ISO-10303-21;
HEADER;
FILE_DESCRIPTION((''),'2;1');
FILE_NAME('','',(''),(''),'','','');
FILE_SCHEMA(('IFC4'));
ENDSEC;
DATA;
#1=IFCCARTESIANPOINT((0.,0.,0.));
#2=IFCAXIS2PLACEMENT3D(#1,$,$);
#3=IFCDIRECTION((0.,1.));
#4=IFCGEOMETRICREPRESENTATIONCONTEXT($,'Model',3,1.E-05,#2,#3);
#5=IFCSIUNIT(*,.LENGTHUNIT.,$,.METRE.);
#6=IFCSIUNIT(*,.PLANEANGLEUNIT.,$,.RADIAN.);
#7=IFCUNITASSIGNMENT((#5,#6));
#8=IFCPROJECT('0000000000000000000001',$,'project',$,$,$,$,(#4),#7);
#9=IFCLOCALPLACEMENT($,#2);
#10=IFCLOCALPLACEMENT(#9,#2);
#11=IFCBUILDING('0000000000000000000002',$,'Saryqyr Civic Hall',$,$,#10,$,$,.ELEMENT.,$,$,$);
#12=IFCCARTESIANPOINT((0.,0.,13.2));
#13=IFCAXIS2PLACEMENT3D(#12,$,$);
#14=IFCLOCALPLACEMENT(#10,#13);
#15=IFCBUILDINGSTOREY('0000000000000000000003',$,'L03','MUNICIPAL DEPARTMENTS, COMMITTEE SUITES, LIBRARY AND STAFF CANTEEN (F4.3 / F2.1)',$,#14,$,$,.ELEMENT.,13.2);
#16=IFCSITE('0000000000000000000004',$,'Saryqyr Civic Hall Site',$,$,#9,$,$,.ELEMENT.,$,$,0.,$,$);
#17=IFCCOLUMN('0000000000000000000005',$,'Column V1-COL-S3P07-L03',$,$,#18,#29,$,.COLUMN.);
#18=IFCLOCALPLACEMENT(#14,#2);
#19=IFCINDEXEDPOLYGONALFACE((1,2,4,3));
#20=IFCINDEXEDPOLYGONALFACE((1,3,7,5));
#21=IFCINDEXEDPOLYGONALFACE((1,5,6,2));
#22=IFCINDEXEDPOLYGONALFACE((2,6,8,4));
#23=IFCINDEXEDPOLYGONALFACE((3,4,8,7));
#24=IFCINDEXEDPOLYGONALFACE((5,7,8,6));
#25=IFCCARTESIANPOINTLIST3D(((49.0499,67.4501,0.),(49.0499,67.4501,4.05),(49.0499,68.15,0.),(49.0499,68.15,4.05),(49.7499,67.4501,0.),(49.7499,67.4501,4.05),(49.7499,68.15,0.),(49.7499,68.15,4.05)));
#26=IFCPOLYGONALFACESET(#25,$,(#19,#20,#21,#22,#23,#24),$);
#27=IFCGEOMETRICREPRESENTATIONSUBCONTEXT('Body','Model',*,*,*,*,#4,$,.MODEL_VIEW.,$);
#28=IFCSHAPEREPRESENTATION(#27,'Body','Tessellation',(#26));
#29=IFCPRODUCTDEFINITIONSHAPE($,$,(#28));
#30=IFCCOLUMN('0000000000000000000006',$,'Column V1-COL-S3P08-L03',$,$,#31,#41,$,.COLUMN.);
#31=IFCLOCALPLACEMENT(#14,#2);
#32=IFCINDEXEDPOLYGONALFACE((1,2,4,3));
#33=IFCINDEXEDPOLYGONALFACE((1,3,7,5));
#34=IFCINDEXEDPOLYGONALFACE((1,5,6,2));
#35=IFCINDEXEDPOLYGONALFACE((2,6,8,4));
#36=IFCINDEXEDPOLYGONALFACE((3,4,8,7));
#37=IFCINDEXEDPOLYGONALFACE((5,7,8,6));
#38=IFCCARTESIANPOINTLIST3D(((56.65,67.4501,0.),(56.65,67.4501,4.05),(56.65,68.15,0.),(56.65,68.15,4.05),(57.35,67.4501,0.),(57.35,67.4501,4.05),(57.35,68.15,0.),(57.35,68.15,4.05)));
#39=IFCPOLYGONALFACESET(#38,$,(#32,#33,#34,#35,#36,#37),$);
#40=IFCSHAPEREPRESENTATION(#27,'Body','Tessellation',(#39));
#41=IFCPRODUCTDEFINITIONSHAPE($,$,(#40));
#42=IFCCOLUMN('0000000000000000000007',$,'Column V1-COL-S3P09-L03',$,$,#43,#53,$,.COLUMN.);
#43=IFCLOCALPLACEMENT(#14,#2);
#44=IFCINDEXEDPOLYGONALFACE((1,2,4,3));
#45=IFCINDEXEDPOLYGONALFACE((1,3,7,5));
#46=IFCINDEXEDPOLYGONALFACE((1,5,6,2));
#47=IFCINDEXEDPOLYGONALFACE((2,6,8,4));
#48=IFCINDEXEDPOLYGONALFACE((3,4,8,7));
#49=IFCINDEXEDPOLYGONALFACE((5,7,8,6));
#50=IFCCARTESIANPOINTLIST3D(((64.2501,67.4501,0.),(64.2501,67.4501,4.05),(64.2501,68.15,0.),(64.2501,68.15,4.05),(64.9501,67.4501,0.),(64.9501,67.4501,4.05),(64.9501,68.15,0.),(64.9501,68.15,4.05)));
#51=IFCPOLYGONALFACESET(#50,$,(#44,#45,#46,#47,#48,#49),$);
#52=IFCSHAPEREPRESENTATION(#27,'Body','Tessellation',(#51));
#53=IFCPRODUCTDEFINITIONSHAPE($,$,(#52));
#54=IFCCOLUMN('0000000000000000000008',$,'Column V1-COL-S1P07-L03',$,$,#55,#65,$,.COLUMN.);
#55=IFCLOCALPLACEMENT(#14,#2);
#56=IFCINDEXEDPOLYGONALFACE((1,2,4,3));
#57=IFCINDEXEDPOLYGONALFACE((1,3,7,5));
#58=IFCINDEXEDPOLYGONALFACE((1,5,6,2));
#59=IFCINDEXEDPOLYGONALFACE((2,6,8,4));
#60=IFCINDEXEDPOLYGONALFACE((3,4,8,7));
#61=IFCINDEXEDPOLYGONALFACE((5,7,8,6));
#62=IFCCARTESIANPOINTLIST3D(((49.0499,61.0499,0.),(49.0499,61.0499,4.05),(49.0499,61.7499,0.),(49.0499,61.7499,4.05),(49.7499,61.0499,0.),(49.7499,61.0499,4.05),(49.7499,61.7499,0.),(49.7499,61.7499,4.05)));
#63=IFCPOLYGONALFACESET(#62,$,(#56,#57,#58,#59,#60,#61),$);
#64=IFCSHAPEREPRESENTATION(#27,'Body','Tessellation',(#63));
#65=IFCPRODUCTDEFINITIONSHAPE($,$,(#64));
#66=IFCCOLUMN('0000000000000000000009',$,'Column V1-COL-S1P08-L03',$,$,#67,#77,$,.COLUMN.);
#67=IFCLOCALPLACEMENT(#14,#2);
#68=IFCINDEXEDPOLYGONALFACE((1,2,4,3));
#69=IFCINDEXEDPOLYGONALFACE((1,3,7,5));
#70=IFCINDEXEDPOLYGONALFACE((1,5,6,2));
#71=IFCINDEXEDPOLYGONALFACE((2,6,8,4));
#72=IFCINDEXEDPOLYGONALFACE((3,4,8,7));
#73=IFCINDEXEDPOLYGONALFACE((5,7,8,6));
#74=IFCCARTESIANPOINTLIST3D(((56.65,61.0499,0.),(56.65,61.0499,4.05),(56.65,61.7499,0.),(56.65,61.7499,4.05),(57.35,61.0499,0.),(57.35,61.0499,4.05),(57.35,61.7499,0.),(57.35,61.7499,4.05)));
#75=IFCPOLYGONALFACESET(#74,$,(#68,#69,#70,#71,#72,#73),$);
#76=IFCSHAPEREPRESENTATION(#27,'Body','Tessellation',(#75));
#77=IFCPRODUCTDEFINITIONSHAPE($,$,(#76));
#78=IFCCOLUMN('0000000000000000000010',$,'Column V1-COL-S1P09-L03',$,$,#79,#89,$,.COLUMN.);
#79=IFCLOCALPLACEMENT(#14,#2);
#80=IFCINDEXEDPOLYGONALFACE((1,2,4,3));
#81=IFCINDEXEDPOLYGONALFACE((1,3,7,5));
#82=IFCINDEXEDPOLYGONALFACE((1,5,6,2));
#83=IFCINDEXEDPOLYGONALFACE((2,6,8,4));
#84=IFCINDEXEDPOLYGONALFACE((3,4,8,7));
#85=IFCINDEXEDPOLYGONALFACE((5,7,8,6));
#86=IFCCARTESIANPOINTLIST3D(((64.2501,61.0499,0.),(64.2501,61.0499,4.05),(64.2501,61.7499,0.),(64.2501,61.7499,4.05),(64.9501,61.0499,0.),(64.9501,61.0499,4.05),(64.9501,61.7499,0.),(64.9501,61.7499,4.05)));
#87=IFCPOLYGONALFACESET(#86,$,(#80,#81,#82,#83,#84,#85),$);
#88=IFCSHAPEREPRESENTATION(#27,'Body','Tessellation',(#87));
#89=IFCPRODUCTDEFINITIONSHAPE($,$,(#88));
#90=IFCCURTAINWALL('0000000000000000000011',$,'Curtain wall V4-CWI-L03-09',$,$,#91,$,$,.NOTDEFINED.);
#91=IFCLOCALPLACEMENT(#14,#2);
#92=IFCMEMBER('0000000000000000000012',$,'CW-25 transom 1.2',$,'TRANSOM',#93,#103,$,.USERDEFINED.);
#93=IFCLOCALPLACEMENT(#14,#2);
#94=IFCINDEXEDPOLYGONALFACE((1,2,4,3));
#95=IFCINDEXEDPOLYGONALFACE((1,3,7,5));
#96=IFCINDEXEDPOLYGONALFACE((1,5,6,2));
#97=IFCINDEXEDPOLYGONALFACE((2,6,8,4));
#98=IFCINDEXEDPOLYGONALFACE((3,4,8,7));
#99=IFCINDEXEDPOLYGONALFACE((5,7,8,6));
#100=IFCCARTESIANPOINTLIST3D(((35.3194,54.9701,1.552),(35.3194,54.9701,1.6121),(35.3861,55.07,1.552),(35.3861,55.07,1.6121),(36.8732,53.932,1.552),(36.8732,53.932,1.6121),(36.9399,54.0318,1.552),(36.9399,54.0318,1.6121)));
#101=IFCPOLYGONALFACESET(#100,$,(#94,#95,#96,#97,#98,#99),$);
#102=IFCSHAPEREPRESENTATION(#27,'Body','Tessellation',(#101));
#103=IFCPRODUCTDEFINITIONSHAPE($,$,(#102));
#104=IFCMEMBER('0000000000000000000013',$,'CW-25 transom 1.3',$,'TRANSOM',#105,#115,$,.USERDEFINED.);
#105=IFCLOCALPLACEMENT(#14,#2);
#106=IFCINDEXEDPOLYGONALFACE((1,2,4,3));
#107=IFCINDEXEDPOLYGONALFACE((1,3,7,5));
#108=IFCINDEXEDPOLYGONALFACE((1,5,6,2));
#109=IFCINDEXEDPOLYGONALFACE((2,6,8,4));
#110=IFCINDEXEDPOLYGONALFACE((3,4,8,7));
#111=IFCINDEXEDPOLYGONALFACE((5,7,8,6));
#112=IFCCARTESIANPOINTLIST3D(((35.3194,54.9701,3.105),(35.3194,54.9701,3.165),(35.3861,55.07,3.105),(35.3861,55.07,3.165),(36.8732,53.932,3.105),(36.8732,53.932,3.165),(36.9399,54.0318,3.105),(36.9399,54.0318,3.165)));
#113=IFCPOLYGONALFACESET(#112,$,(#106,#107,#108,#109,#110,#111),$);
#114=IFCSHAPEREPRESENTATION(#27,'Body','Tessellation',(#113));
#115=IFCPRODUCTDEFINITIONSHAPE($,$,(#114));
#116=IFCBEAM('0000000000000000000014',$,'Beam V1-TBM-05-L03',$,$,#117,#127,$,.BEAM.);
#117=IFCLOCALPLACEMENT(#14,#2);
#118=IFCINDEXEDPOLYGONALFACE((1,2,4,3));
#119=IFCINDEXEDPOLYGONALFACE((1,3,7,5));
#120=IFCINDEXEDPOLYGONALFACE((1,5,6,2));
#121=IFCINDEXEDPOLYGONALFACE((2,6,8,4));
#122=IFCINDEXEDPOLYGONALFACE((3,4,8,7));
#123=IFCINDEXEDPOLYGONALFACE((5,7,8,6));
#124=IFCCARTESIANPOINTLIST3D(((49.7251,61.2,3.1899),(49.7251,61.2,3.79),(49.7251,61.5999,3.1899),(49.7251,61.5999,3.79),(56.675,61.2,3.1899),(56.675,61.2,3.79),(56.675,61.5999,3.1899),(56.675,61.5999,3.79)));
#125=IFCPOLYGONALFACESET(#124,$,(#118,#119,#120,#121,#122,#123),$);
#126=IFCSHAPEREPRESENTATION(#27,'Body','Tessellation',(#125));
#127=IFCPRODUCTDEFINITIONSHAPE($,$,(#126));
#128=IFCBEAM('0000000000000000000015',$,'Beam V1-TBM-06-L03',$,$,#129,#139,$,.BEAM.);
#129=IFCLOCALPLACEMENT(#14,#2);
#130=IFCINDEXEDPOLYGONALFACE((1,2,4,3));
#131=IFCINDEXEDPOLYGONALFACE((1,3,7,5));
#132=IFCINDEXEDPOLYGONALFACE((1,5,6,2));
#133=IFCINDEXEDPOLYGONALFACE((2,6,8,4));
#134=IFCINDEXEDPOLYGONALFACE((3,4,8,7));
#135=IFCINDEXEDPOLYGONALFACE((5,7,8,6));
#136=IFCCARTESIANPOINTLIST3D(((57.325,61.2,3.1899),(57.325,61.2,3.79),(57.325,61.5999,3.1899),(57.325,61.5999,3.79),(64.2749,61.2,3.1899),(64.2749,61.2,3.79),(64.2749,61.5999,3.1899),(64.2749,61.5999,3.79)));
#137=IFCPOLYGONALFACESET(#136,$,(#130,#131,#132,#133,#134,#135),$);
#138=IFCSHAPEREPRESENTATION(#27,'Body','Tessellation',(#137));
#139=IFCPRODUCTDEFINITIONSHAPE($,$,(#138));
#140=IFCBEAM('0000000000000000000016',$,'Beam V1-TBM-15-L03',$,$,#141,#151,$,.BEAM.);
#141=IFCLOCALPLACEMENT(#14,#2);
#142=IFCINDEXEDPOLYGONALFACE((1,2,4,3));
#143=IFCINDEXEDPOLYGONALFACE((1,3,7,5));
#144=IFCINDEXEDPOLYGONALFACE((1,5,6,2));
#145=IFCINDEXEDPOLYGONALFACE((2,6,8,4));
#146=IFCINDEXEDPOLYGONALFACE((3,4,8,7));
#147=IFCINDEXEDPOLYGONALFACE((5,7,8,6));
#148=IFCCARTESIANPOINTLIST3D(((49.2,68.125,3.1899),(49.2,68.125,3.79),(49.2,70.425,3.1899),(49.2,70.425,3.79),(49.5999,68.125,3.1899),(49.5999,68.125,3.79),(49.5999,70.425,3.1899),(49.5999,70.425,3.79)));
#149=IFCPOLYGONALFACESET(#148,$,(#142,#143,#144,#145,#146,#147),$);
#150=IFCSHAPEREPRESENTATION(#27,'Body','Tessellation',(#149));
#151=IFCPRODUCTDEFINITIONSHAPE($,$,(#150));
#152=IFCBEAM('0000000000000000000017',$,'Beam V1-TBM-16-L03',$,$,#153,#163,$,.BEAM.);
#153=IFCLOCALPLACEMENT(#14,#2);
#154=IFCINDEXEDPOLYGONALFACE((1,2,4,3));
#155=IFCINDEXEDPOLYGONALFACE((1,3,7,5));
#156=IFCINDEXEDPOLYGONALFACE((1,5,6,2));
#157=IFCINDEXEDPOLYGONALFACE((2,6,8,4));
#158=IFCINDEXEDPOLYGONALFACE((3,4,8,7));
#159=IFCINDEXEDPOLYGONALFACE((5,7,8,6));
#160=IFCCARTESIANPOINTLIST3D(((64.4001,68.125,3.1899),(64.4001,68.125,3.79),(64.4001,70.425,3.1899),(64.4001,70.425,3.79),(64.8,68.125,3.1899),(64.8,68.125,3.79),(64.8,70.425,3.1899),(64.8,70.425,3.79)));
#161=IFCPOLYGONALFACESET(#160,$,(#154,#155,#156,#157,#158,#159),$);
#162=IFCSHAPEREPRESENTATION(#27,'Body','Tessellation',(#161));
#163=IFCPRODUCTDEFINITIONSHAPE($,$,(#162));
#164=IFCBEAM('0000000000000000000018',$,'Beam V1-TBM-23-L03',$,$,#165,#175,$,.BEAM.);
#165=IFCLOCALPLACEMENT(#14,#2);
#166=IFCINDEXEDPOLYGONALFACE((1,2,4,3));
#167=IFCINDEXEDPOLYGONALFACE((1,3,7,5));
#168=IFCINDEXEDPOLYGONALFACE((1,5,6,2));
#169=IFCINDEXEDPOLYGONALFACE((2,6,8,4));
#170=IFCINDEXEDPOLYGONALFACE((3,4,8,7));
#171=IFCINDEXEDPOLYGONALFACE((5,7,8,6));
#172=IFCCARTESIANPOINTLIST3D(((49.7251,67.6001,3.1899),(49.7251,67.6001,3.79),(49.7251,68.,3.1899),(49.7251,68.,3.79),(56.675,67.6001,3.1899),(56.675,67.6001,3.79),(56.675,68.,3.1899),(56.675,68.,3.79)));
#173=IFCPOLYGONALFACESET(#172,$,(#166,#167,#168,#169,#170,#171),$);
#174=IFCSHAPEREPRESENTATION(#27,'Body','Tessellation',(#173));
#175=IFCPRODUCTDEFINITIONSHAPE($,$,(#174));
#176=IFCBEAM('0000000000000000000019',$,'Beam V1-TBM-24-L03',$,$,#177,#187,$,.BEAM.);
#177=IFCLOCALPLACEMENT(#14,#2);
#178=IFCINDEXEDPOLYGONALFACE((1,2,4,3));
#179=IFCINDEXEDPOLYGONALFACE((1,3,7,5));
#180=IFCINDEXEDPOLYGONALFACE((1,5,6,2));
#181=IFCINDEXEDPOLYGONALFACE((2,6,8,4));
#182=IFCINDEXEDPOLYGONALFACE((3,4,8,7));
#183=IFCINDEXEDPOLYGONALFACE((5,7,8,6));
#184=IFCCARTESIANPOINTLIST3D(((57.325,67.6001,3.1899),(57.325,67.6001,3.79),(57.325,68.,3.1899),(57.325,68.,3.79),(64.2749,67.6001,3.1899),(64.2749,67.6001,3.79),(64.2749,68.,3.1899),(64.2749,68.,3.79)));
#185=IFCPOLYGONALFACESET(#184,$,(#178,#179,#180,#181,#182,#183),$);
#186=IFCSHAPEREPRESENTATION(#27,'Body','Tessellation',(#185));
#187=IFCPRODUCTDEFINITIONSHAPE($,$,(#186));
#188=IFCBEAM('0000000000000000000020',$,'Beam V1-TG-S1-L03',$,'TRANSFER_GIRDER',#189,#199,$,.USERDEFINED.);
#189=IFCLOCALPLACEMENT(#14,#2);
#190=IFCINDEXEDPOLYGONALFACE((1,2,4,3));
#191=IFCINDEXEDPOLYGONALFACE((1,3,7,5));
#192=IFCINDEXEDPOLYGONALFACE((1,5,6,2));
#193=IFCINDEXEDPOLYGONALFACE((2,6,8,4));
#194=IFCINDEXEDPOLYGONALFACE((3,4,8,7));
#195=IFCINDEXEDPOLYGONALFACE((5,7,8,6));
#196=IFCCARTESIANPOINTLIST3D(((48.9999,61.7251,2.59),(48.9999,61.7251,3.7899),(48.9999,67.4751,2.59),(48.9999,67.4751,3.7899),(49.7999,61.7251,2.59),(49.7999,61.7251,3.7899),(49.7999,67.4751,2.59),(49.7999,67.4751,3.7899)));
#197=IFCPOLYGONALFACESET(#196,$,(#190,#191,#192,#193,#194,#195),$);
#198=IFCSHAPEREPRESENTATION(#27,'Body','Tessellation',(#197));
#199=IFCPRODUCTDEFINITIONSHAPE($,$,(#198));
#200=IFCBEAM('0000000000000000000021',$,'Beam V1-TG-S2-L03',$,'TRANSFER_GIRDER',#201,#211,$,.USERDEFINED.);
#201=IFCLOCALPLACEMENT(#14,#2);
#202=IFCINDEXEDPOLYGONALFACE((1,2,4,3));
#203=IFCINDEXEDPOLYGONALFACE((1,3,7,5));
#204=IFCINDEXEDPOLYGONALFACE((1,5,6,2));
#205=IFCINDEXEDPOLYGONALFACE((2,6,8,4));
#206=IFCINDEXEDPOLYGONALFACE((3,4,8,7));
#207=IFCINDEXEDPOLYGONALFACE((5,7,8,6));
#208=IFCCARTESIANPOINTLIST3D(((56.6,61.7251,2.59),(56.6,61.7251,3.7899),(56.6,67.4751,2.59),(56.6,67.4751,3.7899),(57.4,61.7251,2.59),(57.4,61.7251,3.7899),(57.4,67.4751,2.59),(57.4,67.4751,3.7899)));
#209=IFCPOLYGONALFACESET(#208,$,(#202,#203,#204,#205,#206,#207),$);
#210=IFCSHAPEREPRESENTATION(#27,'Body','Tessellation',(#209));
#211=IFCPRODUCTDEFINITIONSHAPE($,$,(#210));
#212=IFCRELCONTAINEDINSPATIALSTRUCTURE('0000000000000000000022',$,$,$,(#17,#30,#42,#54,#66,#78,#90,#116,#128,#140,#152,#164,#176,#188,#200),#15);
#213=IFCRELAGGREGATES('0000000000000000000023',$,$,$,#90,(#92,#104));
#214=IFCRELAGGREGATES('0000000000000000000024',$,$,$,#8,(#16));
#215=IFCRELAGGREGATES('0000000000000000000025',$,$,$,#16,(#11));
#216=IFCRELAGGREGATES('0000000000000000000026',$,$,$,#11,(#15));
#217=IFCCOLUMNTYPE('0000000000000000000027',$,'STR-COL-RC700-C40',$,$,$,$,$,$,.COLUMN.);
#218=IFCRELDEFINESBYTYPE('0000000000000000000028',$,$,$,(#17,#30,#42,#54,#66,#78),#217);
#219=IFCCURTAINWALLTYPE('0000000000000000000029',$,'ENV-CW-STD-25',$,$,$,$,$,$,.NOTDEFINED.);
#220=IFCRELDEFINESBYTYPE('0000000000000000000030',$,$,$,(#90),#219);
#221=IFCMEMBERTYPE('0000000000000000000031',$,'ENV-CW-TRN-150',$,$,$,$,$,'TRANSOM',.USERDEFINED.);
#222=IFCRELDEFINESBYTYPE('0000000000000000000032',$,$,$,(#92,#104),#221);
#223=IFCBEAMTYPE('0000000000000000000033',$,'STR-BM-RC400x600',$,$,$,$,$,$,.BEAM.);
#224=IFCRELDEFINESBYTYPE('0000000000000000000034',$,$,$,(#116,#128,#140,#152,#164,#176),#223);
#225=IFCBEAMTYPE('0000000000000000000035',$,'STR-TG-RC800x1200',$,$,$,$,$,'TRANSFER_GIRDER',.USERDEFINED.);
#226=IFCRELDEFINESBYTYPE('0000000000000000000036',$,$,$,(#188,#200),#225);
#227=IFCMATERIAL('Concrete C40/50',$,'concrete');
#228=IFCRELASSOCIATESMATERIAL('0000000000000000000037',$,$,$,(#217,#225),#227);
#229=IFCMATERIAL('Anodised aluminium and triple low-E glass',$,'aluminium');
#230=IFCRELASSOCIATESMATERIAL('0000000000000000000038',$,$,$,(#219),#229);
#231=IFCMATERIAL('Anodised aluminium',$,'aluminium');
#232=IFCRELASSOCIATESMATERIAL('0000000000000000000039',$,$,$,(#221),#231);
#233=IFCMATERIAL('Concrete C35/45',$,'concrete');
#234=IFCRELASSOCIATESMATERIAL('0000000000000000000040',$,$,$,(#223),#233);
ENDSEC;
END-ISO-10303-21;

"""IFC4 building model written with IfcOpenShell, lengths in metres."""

from ifc_helpers import new_model, si_unit, direction, frame, origin, origin_2d, place, context, subcontext, project, spatial, rectangle, extrude, material, material_profile, profile_set, type_object, element, aggregate, save


model = new_model("IFC4")

# Units and contexts
model_context = context("Model", 3, precision=1e-05, world=origin(), true_north=direction((0.0, 1.0)))
body_context = subcontext(model_context, "Body", "Model", "MODEL_VIEW")
ifc_project = project(units=[si_unit("LENGTHUNIT", "METRE"), si_unit("PLANEANGLEUNIT", "RADIAN")], contexts=[model_context])

# Site, building, storey
site_placement = place(None, origin())
site = spatial("IfcSite", under=ifc_project, at=site_placement, Name="Saryqyr Civic Hall Site", CompositionType="ELEMENT", RefElevation=0.0)
building_placement = place(site_placement, origin())
building = spatial("IfcBuilding", under=site, at=building_placement, Name="Saryqyr Civic Hall", CompositionType="ELEMENT")
storey_placement = place(building_placement, frame((0.0, 0.0, 13.2)))
storey = spatial("IfcBuildingStorey", under=building, at=storey_placement, Name="L03", Description="MUNICIPAL DEPARTMENTS, COMMITTEE SUITES, LIBRARY AND STAFF CANTEEN (F4.3 / F2.1)", CompositionType="ELEMENT", Elevation=13.2)

# Columns
ifc_material_1 = material(Name="Concrete C40/50", Category="concrete")
ifc_material_profile_1 = material_profile(ifc_material_1, rectangle(XDim=0.7, YDim=0.7, at=origin_2d()), Name="RC 700x700")
ifc_profile_set_1 = profile_set([ifc_material_profile_1], Name="Concrete C40/50")
column_type = type_object("IfcColumnType", Name="STR-COL-RC700-C40", PredefinedType="COLUMN", material=ifc_profile_set_1)
for number, where, z_axis, x_axis, name in (
    (1, (49.3999, 67.8, 0.0), (0.0, 0.0, 1.0), (1.0, 0.0, 0.0), "Column V1-COL-S3P07-L03"),
    (2, (57.0, 67.8, 0.0), (0.0, 0.0, 1.0), (1.0, 0.0, 0.0), "Column V1-COL-S3P08-L03"),
    (3, (64.6001, 67.8, 0.0), (0.0, 0.0, 1.0), (1.0, 0.0, 0.0), "Column V1-COL-S3P09-L03"),
    (4, (49.3999, 61.3999, 0.0), (0.0, 0.0, 1.0), (1.0, 0.0, 0.0), "Column V1-COL-S1P07-L03"),
    (5, (57.0, 61.3999, 0.0), (0.0, 0.0, 1.0), (1.0, 0.0, 0.0), "Column V1-COL-S1P08-L03"),
    (6, (64.6001, 61.3999, 0.0), (0.0, 0.0, 1.0), (1.0, 0.0, 0.0), "Column V1-COL-S1P09-L03"),
):
    element("IfcColumn", number, at=place(storey_placement, frame(where, z_axis=z_axis, x_axis=x_axis)), inside=storey, type_object=column_type, Name=name, PredefinedType="COLUMN", context=body_context, shape_type="SweptSolid", body=[
        extrude(rectangle(XDim=0.7, YDim=0.7, at=origin_2d()), origin(), (0.0, 0.0, 1.0), 4.05),
    ])

# Curtain wall, members
ifc_material_2 = material(Name="Anodised aluminium and triple low-E glass", Category="aluminium")
curtain_wall_type = type_object("IfcCurtainWallType", Name="ENV-CW-STD-25", PredefinedType="NOTDEFINED", material=ifc_material_2)
curtain_wall_placement = place(storey_placement, origin())
curtain_wall = element("IfcCurtainWall", 7, at=curtain_wall_placement, inside=storey, type_object=curtain_wall_type, Name="Curtain wall V4-CWI-L03-09", PredefinedType="NOTDEFINED")
ifc_material_3 = material(Name="Anodised aluminium", Category="aluminium")
ifc_material_profile_2 = material_profile(ifc_material_3, rectangle(XDim=0.1201, YDim=0.0601, at=origin_2d()), Name="ALU TRANSOM 120x60")
ifc_profile_set_2 = profile_set([ifc_material_profile_2], Name="Anodised aluminium")
member_type = type_object("IfcMemberType", Name="ENV-CW-TRN-150", ElementType="TRANSOM", PredefinedType="USERDEFINED", material=ifc_profile_set_2)
member_1_placement = place(storey_placement, frame((35.3528, 55.02, 1.582), z_axis=(0.831487, -0.555544, 0.0), x_axis=(0.555544, 0.831487, 0.0)))
member_1 = element("IfcMember", 8, at=member_1_placement, type_object=member_type, Name="CW-25 transom 1.2", ObjectType="TRANSOM", PredefinedType="USERDEFINED", context=body_context, shape_type="SweptSolid", body=[
    extrude(rectangle(XDim=0.1201, YDim=0.0601, at=origin_2d()), origin(), (0.0, 0.0, 1.0), 1.8687),
])
member_2_placement = place(storey_placement, frame((35.3528, 55.02, 3.135), z_axis=(0.831487, -0.555544, 0.0), x_axis=(0.555544, 0.831487, 0.0)))
member_2 = element("IfcMember", 9, at=member_2_placement, type_object=member_type, Name="CW-25 transom 1.3", ObjectType="TRANSOM", PredefinedType="USERDEFINED", context=body_context, shape_type="SweptSolid", body=[
    extrude(rectangle(XDim=0.1201, YDim=0.0601, at=origin_2d()), origin(), (0.0, 0.0, 1.0), 1.8687),
])

# Beams
ifc_material_4 = material(Name="Concrete C35/45", Category="concrete")
ifc_material_profile_3 = material_profile(ifc_material_4, rectangle(XDim=0.3999, YDim=0.6001, at=origin_2d()), Name="RC 400x600")
ifc_profile_set_3 = profile_set([ifc_material_profile_3], Name="Concrete C35/45")
beam_type_1 = type_object("IfcBeamType", Name="STR-BM-RC400x600", PredefinedType="BEAM", material=ifc_profile_set_3)
for number, where, z_axis, x_axis, name in (
    (10, (49.7251, 61.3999, 3.49), (1.0, 0.0, 0.0), (0.0, 1.0, 0.0), "Beam V1-TBM-05-L03"),
    (11, (57.325, 61.3999, 3.49), (1.0, 0.0, 0.0), (0.0, 1.0, 0.0), "Beam V1-TBM-06-L03"),
):
    element("IfcBeam", number, at=place(storey_placement, frame(where, z_axis=z_axis, x_axis=x_axis)), inside=storey, type_object=beam_type_1, Name=name, PredefinedType="BEAM", context=body_context, shape_type="SweptSolid", body=[
        extrude(rectangle(XDim=0.3999, YDim=0.6001, at=origin_2d()), origin(), (0.0, 0.0, 1.0), 6.95),
    ])
for number, where, z_axis, x_axis, name in (
    (12, (49.3999, 68.125, 3.49), (0.0, 1.0, 0.0), (-1.0, 0.0, 0.0), "Beam V1-TBM-15-L03"),
    (13, (64.6001, 68.125, 3.49), (0.0, 1.0, 0.0), (-1.0, 0.0, 0.0), "Beam V1-TBM-16-L03"),
):
    element("IfcBeam", number, at=place(storey_placement, frame(where, z_axis=z_axis, x_axis=x_axis)), inside=storey, type_object=beam_type_1, Name=name, PredefinedType="BEAM", context=body_context, shape_type="SweptSolid", body=[
        extrude(rectangle(XDim=0.3999, YDim=0.6001, at=origin_2d()), origin(), (0.0, 0.0, 1.0), 2.3),
    ])
for number, where, z_axis, x_axis, name in (
    (14, (49.7251, 67.8, 3.49), (1.0, 0.0, 0.0), (0.0, 1.0, 0.0), "Beam V1-TBM-23-L03"),
    (15, (57.325, 67.8, 3.49), (1.0, 0.0, 0.0), (0.0, 1.0, 0.0), "Beam V1-TBM-24-L03"),
):
    element("IfcBeam", number, at=place(storey_placement, frame(where, z_axis=z_axis, x_axis=x_axis)), inside=storey, type_object=beam_type_1, Name=name, PredefinedType="BEAM", context=body_context, shape_type="SweptSolid", body=[
        extrude(rectangle(XDim=0.3999, YDim=0.6001, at=origin_2d()), origin(), (0.0, 0.0, 1.0), 6.95),
    ])
ifc_material_profile_4 = material_profile(ifc_material_1, rectangle(XDim=0.8, YDim=1.2, at=origin_2d()), Name="RC 800x1200")
ifc_profile_set_4 = profile_set([ifc_material_profile_4], Name="Concrete C40/50")
beam_type_2 = type_object("IfcBeamType", Name="STR-TG-RC800x1200", ElementType="TRANSFER_GIRDER", PredefinedType="USERDEFINED", material=ifc_profile_set_4)
for number, where, z_axis, x_axis, name in (
    (16, (49.3999, 61.7251, 3.1899), (0.0, 1.0, 0.0), (-1.0, 0.0, 0.0), "Beam V1-TG-S1-L03"),
    (17, (57.0, 61.7251, 3.1899), (0.0, 1.0, 0.0), (-1.0, 0.0, 0.0), "Beam V1-TG-S2-L03"),
):
    element("IfcBeam", number, at=place(storey_placement, frame(where, z_axis=z_axis, x_axis=x_axis)), inside=storey, type_object=beam_type_2, Name=name, ObjectType="TRANSFER_GIRDER", PredefinedType="USERDEFINED", context=body_context, shape_type="SweptSolid", body=[
        extrude(rectangle(XDim=0.8, YDim=1.2, at=origin_2d()), origin(), (0.0, 0.0, 1.0), 5.75),
    ])

aggregate(curtain_wall, [member_1, member_2])

save(model, "model.ifc")
